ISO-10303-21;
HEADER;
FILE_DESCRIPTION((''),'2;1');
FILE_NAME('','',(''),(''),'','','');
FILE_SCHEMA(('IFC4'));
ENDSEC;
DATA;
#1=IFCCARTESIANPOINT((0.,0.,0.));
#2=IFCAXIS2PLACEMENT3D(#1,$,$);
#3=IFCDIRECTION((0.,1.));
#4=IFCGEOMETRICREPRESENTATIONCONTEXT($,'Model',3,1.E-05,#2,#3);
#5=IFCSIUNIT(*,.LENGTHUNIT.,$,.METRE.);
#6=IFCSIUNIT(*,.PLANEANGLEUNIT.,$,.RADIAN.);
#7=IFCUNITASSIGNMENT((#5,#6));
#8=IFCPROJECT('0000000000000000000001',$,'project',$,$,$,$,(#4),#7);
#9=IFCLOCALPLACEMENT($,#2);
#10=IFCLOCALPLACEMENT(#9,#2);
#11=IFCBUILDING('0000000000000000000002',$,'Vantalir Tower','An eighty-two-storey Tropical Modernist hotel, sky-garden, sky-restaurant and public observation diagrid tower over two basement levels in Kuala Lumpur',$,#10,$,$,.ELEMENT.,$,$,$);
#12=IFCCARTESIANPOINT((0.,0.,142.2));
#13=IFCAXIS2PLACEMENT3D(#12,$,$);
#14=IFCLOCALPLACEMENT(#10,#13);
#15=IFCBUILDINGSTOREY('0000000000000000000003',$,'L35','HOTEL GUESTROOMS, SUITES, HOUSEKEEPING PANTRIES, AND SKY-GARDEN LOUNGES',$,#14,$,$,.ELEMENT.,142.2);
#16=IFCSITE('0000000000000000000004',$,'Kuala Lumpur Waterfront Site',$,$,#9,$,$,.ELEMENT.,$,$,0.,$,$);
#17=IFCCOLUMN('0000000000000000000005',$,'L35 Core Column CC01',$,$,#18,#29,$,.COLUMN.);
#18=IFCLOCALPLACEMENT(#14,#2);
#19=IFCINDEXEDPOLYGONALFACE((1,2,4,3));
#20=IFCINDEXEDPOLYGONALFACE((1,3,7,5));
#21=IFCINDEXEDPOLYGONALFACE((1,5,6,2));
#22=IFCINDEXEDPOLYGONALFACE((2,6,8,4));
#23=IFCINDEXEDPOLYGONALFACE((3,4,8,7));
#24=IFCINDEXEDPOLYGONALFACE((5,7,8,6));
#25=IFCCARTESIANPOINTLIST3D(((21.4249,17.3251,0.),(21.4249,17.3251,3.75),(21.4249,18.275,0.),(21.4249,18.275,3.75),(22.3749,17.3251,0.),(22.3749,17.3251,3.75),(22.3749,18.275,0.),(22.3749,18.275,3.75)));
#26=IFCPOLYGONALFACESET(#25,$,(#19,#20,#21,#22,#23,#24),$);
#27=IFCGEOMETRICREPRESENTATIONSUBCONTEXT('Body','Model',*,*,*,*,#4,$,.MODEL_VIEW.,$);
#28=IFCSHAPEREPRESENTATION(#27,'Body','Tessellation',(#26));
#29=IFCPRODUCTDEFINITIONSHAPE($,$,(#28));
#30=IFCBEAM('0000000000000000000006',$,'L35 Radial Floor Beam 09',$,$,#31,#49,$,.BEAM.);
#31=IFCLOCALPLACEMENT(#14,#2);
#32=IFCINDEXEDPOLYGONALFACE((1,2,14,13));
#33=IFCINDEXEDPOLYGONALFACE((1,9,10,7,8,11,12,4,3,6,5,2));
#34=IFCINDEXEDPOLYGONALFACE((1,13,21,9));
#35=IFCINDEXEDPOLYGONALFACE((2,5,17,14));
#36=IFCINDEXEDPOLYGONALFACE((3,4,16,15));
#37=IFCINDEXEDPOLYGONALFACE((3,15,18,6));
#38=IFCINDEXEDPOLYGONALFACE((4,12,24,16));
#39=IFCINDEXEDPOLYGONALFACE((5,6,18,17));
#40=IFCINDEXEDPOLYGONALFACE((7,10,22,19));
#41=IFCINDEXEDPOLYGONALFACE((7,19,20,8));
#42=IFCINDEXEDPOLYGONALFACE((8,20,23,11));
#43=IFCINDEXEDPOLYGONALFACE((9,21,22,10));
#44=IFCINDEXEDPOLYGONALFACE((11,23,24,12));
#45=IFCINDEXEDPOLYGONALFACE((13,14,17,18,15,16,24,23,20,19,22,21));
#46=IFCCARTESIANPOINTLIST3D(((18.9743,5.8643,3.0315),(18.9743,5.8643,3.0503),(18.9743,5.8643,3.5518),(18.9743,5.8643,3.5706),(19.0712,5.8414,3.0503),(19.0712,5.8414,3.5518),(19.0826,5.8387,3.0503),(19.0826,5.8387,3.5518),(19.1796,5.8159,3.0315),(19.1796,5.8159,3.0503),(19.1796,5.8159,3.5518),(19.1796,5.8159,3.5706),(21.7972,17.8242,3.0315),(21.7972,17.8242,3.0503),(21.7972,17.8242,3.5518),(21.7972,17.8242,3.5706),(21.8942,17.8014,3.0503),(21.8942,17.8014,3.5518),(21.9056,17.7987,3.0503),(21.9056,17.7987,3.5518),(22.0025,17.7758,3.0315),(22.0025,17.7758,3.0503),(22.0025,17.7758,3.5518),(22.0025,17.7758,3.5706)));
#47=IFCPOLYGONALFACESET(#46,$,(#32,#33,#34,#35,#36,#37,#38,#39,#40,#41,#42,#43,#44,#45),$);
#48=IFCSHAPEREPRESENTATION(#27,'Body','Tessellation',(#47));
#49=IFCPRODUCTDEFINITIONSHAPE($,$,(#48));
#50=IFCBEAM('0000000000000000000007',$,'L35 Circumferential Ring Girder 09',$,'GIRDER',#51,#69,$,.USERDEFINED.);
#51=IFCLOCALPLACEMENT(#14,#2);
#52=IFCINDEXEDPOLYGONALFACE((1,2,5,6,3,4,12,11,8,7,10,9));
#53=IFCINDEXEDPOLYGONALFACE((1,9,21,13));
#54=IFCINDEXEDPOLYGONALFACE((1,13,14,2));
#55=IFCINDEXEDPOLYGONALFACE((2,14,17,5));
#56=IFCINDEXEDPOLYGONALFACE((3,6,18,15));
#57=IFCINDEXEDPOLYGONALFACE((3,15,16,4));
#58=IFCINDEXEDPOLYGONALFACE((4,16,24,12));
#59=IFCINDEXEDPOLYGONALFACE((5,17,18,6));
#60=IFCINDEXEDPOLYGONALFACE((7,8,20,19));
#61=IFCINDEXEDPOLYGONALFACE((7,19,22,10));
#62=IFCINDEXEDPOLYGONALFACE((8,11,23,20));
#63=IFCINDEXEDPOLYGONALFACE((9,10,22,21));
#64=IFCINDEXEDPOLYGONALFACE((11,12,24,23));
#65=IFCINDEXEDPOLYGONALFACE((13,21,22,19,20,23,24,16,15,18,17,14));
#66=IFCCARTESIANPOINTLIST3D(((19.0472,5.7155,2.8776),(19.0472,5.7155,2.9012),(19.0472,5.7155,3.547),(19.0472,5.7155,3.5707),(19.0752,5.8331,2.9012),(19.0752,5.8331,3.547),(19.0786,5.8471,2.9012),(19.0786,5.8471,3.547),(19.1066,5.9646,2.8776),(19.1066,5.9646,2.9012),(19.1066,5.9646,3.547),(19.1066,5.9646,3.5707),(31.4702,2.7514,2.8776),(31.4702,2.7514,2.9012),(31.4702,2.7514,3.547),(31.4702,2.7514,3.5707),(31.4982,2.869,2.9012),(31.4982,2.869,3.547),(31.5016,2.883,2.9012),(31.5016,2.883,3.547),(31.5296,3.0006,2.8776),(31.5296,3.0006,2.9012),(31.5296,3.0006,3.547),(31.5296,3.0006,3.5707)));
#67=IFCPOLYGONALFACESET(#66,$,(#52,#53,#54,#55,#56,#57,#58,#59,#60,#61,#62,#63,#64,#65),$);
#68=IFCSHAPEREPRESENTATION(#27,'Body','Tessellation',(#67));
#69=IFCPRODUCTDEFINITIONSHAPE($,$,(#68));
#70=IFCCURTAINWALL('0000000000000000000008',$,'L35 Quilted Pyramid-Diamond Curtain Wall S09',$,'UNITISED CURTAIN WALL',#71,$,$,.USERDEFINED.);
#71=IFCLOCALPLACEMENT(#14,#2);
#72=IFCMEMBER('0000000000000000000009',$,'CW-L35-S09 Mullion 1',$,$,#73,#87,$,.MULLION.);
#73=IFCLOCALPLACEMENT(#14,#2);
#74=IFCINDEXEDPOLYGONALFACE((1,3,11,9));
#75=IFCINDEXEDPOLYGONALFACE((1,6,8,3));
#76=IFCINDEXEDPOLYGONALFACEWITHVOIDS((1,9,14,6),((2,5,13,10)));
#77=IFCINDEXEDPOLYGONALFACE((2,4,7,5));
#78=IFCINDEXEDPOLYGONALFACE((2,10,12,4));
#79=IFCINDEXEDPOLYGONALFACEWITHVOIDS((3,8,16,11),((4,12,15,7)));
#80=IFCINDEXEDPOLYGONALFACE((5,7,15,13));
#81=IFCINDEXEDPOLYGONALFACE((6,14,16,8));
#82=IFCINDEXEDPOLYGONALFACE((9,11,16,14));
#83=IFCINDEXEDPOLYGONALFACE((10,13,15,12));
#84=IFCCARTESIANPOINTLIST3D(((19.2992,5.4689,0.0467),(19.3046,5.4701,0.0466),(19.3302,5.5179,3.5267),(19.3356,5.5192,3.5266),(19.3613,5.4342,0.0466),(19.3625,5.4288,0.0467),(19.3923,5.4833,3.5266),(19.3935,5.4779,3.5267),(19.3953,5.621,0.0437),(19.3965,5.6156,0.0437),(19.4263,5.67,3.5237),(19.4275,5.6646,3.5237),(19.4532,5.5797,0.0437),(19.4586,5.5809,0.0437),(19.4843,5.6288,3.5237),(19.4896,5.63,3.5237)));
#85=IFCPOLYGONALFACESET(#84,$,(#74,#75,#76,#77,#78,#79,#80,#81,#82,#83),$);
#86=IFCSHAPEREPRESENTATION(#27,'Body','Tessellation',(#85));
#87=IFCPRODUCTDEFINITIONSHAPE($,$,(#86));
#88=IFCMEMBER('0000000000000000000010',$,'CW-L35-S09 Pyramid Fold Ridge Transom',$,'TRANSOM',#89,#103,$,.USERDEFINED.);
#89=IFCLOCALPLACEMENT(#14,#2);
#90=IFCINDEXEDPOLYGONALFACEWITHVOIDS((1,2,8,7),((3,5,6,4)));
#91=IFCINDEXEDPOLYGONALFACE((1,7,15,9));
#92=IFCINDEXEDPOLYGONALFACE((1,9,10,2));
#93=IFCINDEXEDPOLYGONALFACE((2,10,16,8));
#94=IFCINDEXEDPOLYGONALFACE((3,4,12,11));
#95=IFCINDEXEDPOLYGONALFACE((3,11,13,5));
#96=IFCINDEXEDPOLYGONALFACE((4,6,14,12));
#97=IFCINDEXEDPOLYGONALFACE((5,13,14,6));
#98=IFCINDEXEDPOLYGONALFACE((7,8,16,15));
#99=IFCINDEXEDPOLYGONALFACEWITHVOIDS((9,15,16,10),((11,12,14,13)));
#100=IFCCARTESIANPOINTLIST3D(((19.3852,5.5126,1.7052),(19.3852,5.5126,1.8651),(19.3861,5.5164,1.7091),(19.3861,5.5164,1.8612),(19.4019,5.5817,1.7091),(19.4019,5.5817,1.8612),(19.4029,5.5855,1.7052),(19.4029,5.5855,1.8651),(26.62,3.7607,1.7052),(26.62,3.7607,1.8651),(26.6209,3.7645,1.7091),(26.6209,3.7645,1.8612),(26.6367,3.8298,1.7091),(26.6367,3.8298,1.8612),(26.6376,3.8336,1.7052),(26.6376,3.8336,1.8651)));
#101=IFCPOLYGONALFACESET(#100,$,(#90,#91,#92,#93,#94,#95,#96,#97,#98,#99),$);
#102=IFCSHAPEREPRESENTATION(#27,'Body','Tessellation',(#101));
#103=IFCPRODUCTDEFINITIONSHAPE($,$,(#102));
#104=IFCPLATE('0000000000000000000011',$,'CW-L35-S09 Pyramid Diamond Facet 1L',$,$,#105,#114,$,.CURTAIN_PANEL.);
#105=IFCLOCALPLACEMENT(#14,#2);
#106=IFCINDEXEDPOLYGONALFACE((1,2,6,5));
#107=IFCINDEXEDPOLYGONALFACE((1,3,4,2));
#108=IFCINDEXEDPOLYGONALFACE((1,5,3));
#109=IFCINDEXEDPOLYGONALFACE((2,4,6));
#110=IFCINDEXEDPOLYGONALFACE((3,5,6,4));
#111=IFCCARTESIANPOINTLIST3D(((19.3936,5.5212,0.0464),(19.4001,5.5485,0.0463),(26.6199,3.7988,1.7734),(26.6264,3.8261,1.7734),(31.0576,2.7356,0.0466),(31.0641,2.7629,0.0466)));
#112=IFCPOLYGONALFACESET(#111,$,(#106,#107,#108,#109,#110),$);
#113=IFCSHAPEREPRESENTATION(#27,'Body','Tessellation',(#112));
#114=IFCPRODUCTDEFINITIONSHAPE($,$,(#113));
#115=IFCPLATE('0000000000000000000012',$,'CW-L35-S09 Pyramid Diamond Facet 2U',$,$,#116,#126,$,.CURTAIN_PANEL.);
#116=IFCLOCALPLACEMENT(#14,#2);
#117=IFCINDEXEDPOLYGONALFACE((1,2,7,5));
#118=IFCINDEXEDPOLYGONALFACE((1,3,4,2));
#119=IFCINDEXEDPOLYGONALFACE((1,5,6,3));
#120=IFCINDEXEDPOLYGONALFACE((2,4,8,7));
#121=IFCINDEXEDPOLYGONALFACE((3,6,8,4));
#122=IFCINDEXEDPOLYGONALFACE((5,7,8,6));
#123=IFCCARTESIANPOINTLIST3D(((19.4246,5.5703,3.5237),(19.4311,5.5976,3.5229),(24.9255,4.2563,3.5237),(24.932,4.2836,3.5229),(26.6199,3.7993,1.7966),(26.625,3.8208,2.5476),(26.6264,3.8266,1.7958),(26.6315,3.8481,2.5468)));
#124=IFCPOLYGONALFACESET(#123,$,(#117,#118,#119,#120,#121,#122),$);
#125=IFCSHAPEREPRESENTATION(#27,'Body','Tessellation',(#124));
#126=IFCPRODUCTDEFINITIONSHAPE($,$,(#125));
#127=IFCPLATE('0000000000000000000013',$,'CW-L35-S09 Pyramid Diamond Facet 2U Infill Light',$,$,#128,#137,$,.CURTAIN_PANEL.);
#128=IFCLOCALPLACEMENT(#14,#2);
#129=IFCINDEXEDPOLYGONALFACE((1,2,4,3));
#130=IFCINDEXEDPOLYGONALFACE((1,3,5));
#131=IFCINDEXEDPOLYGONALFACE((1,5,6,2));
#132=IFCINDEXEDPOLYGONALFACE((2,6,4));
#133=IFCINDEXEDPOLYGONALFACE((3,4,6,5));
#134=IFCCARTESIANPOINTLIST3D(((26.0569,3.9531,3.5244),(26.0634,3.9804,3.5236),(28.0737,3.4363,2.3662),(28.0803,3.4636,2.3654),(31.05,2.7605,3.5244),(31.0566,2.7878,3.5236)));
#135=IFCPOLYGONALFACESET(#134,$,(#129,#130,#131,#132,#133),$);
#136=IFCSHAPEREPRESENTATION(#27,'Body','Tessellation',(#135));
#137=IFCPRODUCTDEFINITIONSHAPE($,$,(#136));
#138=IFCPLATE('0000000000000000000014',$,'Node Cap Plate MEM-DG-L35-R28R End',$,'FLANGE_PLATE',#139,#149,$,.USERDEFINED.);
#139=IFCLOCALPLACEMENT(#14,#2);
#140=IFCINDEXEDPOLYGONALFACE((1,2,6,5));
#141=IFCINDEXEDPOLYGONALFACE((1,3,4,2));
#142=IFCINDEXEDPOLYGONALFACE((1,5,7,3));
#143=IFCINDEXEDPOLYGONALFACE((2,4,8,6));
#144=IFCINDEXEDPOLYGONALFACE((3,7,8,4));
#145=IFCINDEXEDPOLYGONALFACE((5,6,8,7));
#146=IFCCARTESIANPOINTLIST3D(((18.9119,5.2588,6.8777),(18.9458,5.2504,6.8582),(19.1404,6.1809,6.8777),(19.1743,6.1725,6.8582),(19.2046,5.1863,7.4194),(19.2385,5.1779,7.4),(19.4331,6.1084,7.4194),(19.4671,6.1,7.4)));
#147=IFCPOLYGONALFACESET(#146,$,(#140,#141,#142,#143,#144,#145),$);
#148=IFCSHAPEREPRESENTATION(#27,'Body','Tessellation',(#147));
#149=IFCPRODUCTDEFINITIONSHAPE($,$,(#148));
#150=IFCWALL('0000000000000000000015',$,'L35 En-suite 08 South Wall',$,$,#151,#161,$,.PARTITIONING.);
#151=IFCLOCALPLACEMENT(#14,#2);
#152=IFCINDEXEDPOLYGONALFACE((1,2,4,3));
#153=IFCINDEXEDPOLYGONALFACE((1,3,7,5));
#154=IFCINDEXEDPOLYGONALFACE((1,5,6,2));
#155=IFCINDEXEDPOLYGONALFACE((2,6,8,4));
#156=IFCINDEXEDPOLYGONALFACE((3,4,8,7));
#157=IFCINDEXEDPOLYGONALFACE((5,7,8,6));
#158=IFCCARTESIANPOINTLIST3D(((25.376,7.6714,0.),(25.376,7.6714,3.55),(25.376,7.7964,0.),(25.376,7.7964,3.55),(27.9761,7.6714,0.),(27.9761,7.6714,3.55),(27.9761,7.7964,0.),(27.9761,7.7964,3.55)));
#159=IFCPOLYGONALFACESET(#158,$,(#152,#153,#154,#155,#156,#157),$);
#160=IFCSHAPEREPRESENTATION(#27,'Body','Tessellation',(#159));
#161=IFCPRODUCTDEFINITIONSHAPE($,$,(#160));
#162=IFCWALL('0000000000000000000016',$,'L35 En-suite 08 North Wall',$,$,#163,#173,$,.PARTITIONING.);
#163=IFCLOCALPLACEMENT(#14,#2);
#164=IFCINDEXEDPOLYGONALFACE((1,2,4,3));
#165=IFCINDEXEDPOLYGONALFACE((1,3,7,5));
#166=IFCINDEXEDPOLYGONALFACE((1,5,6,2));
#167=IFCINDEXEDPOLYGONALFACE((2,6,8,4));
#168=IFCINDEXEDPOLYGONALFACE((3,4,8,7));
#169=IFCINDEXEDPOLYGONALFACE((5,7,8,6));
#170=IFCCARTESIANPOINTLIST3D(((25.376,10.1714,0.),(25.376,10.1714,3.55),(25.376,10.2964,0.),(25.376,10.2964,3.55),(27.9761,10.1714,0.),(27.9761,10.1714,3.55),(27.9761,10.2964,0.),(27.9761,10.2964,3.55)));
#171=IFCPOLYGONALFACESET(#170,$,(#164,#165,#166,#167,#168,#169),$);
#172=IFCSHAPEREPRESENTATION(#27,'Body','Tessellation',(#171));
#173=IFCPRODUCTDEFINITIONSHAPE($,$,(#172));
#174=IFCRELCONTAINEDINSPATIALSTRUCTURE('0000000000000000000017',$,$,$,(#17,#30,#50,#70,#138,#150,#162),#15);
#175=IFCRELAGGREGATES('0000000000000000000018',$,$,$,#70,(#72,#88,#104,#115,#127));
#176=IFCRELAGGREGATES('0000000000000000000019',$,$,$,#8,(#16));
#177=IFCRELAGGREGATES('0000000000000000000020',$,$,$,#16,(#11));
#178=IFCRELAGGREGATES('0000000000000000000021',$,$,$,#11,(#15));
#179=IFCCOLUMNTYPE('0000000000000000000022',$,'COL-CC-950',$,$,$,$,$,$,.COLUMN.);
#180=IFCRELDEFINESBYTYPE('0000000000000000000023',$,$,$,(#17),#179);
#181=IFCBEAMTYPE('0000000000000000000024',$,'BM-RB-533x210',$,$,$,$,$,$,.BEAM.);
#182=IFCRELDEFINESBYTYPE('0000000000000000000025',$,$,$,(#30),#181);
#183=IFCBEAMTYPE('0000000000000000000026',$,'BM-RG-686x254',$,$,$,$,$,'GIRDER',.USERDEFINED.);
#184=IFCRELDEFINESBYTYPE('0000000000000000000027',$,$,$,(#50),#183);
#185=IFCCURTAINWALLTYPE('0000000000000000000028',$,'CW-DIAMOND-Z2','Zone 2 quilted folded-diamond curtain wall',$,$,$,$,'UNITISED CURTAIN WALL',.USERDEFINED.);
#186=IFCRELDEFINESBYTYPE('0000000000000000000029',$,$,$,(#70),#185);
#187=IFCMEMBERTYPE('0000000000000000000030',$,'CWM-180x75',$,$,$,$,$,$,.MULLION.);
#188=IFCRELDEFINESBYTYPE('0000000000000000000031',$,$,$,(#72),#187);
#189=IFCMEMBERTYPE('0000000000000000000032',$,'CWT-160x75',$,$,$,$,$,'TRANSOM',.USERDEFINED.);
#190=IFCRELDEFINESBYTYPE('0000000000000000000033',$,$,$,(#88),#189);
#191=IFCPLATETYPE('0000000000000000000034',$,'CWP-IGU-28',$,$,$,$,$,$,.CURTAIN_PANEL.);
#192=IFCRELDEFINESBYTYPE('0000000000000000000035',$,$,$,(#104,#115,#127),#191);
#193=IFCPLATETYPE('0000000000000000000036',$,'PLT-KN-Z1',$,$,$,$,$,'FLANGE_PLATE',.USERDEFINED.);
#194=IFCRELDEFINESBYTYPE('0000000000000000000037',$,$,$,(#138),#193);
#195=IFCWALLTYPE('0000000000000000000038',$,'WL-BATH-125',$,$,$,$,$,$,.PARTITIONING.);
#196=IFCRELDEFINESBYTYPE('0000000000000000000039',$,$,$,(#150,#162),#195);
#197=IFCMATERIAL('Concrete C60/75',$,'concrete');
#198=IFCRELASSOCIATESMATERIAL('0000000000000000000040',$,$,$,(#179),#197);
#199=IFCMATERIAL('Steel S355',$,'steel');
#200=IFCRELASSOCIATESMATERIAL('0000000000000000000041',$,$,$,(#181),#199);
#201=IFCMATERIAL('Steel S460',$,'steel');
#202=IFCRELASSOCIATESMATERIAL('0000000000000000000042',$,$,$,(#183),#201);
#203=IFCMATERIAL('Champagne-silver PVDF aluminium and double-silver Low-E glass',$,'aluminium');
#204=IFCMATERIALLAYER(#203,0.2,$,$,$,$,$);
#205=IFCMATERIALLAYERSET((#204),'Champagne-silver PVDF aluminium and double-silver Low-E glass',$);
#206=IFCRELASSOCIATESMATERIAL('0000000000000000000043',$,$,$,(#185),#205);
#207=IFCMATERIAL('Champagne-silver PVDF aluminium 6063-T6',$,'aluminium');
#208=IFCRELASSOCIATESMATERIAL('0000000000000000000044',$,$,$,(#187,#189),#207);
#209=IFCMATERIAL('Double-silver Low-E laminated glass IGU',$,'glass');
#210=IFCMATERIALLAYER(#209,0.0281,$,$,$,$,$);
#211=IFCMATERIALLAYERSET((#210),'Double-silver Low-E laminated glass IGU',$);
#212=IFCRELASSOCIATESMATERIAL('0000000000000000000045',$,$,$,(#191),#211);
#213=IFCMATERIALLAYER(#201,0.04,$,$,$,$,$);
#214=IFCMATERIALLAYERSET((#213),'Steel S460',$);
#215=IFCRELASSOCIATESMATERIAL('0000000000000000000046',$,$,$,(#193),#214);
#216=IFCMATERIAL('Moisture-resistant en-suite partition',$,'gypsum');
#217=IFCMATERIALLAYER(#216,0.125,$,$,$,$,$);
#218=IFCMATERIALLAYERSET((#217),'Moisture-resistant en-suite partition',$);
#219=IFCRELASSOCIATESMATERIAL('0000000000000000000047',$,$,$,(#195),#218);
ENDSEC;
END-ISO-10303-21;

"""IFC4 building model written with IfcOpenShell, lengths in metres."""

from ifc_helpers import new_model, si_unit, direction, frame, frame_2d, origin, origin_2d, place, context, subcontext, project, spatial, polyline, rectangle, hollow_rectangle, i_section, outline, extrude, material, layer, layer_set, material_profile, profile_set, type_object, element, aggregate, save


model = new_model("IFC4")

# Units and contexts
model_context = context("Model", 3, precision=1e-05, world=origin(), true_north=direction((0.0, 1.0)))
body_context = subcontext(model_context, "Body", "Model", "MODEL_VIEW")
ifc_project = project(units=[si_unit("LENGTHUNIT", "METRE"), si_unit("PLANEANGLEUNIT", "RADIAN")], contexts=[model_context])

# Site, building, storey
site_placement = place(None, origin())
site = spatial("IfcSite", under=ifc_project, at=site_placement, Name="Kuala Lumpur Waterfront Site", CompositionType="ELEMENT", RefElevation=0.0)
building_placement = place(site_placement, origin())
building = spatial("IfcBuilding", under=site, at=building_placement, Name="Vantalir Tower", Description="An eighty-two-storey Tropical Modernist hotel, sky-garden, sky-restaurant and public observation diagrid tower over two basement levels in Kuala Lumpur", CompositionType="ELEMENT")
storey_placement = place(building_placement, frame((0.0, 0.0, 142.2)))
storey = spatial("IfcBuildingStorey", under=building, at=storey_placement, Name="L35", Description="HOTEL GUESTROOMS, SUITES, HOUSEKEEPING PANTRIES, AND SKY-GARDEN LOUNGES", CompositionType="ELEMENT", Elevation=142.2)

# Column
ifc_material_1 = material(Name="Concrete C60/75", Category="concrete")
ifc_material_profile_1 = material_profile(ifc_material_1, rectangle(XDim=0.95, YDim=0.95, at=origin_2d()), Name="Concrete C60/75")
ifc_profile_set_1 = profile_set([ifc_material_profile_1], Name="Concrete C60/75")
column_type = type_object("IfcColumnType", Name="COL-CC-950", PredefinedType="COLUMN", material=ifc_profile_set_1)
column_placement = place(storey_placement, frame((21.8999, 17.8, 0.0), z_axis=(0.0, 0.0, 1.0), x_axis=(1.0, 0.0, 0.0)))
element("IfcColumn", 1, at=column_placement, inside=storey, type_object=column_type, Name="L35 Core Column CC01", PredefinedType="COLUMN", context=body_context, shape_type="SweptSolid", body=[
    extrude(rectangle(XDim=0.95, YDim=0.95, at=origin_2d()), origin(), (0.0, 0.0, 1.0), 3.75),
])

# Beams
ifc_material_2 = material(Name="Steel S355", Category="steel")
ifc_material_profile_2 = material_profile(ifc_material_2, i_section(OverallWidth=0.2109, OverallDepth=0.5391, WebThickness=0.0117, FlangeThickness=0.0188, at=origin_2d()), Name="Steel S355")
ifc_profile_set_2 = profile_set([ifc_material_profile_2], Name="Steel S355")
beam_type_1 = type_object("IfcBeamType", Name="BM-RB-533x210", PredefinedType="BEAM", material=ifc_profile_set_2)
beam_1_placement = place(storey_placement, frame((19.0769, 5.8401, 3.301), z_axis=(0.229725, 0.973256, 0.0), x_axis=(-0.973256, 0.229725, 0.0)))
element("IfcBeam", 2, at=beam_1_placement, inside=storey, type_object=beam_type_1, Name="L35 Radial Floor Beam 09", PredefinedType="BEAM", context=body_context, shape_type="SweptSolid", body=[
    extrude(i_section(OverallWidth=0.2109, OverallDepth=0.5391, WebThickness=0.0117, FlangeThickness=0.0188, at=origin_2d()), origin(), (0.0, 0.0, 1.0), 12.2886),
])
ifc_material_3 = material(Name="Steel S460", Category="steel")
ifc_material_profile_3 = material_profile(ifc_material_3, i_section(OverallWidth=0.2561, OverallDepth=0.6931, WebThickness=0.0144, FlangeThickness=0.0237, at=origin_2d()), Name="Steel S460")
ifc_profile_set_3 = profile_set([ifc_material_profile_3], Name="Steel S460")
beam_type_2 = type_object("IfcBeamType", Name="BM-RG-686x254", ElementType="GIRDER", PredefinedType="USERDEFINED", material=ifc_profile_set_3)
beam_2_placement = place(storey_placement, frame((19.0769, 5.8401, 3.2241), z_axis=(0.972696, -0.232082, 0.0), x_axis=(0.232082, 0.972696, 0.0)))
element("IfcBeam", 3, at=beam_2_placement, inside=storey, type_object=beam_type_2, Name="L35 Circumferential Ring Girder 09", ObjectType="GIRDER", PredefinedType="USERDEFINED", context=body_context, shape_type="SweptSolid", body=[
    extrude(i_section(OverallWidth=0.2561, OverallDepth=0.6931, WebThickness=0.0144, FlangeThickness=0.0237, at=origin_2d()), origin(), (0.0, 0.0, 1.0), 12.7717),
])

# Curtain wall, members, plates
ifc_material_4 = material(Name="Champagne-silver PVDF aluminium and double-silver Low-E glass", Category="aluminium")
ifc_layer_1 = layer(ifc_material_4, 0.2)
ifc_layer_set_1 = layer_set([ifc_layer_1], Name="Champagne-silver PVDF aluminium and double-silver Low-E glass")
curtain_wall_type = type_object("IfcCurtainWallType", Name="CW-DIAMOND-Z2", Description="Zone 2 quilted folded-diamond curtain wall", ElementType="UNITISED CURTAIN WALL", PredefinedType="USERDEFINED", material=ifc_layer_set_1)
curtain_wall_placement = place(storey_placement, origin())
curtain_wall = element("IfcCurtainWall", 4, at=curtain_wall_placement, inside=storey, type_object=curtain_wall_type, Name="L35 Quilted Pyramid-Diamond Curtain Wall S09", ObjectType="UNITISED CURTAIN WALL", PredefinedType="USERDEFINED")
ifc_material_5 = material(Name="Champagne-silver PVDF aluminium 6063-T6", Category="aluminium")
ifc_material_profile_4 = material_profile(ifc_material_5, hollow_rectangle(XDim=0.075, YDim=0.1799, WallThickness=0.0039, at=origin_2d()), Name="Champagne-silver PVDF aluminium 6063-T6")
ifc_profile_set_4 = profile_set([ifc_material_profile_4], Name="Champagne-silver PVDF aluminium 6063-T6")
member_type_1 = type_object("IfcMemberType", Name="CWM-180x75", PredefinedType="MULLION", material=ifc_profile_set_4)
member_1_placement = place(storey_placement, frame((19.3789, 5.5249, 0.0452), z_axis=(0.008909, 0.014099, 0.999861), x_axis=(-0.845389, 0.534151, 0.0)))
member_1 = element("IfcMember", 5, at=member_1_placement, type_object=member_type_1, Name="CW-L35-S09 Mullion 1", PredefinedType="MULLION", context=body_context, shape_type="SweptSolid", body=[
    extrude(hollow_rectangle(XDim=0.075, YDim=0.1799, WallThickness=0.0039, at=origin_2d()), origin(), (0.0, 0.0, 1.0), 3.4805),
])
ifc_material_profile_5 = material_profile(ifc_material_5, hollow_rectangle(XDim=0.075, YDim=0.1599, WallThickness=0.0039, at=origin_2d()), Name="Champagne-silver PVDF aluminium 6063-T6")
ifc_profile_set_5 = profile_set([ifc_material_profile_5], Name="Champagne-silver PVDF aluminium 6063-T6")
member_type_2 = type_object("IfcMemberType", Name="CWT-160x75", ElementType="TRANSOM", PredefinedType="USERDEFINED", material=ifc_profile_set_5)
member_2_placement = place(storey_placement, frame((19.394, 5.5491, 1.7852), z_axis=(0.97191, -0.235352, 0.0), x_axis=(0.235352, 0.97191, 0.0)))
member_2 = element("IfcMember", 6, at=member_2_placement, type_object=member_type_2, Name="CW-L35-S09 Pyramid Fold Ridge Transom", ObjectType="TRANSOM", PredefinedType="USERDEFINED", context=body_context, shape_type="SweptSolid", body=[
    extrude(hollow_rectangle(XDim=0.075, YDim=0.1599, WallThickness=0.0039, at=origin_2d()), origin(), (0.0, 0.0, 1.0), 7.4438),
])
ifc_material_6 = material(Name="Double-silver Low-E laminated glass IGU", Category="glass")
ifc_layer_2 = layer(ifc_material_6, 0.0281)
ifc_layer_set_2 = layer_set([ifc_layer_2], Name="Double-silver Low-E laminated glass IGU")
plate_type_1 = type_object("IfcPlateType", Name="CWP-IGU-28", PredefinedType="CURTAIN_PANEL", material=ifc_layer_set_2)
plate_1_placement = place(storey_placement, frame((19.3936, 5.5212, 0.0464), z_axis=(-0.23229, -0.972645, 0.001914), x_axis=(0.972647, -0.23229, 0.00002)))
plate_1 = element("IfcPlate", 7, at=plate_1_placement, type_object=plate_type_1, Name="CW-L35-S09 Pyramid Diamond Facet 1L", PredefinedType="CURTAIN_PANEL", context=body_context, shape_type="SweptSolid", body=[
    extrude(outline(polyline([(0.0, 0.0), (11.9921, 0.0), (7.4288, 1.7269), (0.0, 0.0)])), origin(), (0.0, 0.0, -1.0), 0.0281),
])
plate_2_placement = place(storey_placement, frame((19.4246, 5.5703, 3.5237), z_axis=(-0.23223, -0.972215, 0.029447), x_axis=(0.972637, -0.232331, 0.0)))
plate_2 = element("IfcPlate", 8, at=plate_2_placement, type_object=plate_type_1, Name="CW-L35-S09 Pyramid Diamond Facet 2U", PredefinedType="CURTAIN_PANEL", context=body_context, shape_type="SweptSolid", body=[
    extrude(outline(polyline([(0.0, 0.0), (5.6557, 0.0), (7.4099, -0.9765), (7.4099, -1.7278), (0.0, 0.0)])), origin(), (0.0, 0.0, -1.0), 0.0281),
])
plate_3_placement = place(storey_placement, frame((26.0569, 3.9531, 3.5244), z_axis=(-0.232216, -0.972217, 0.029479), x_axis=(0.97264, -0.232317, 0.0)))
plate_3 = element("IfcPlate", 9, at=plate_3_placement, type_object=plate_type_1, Name="CW-L35-S09 Pyramid Diamond Facet 2U Infill Light", PredefinedType="CURTAIN_PANEL", context=body_context, shape_type="SweptSolid", body=[
    extrude(outline(polyline([(0.0, 0.0), (5.1336, 0.0), (2.0817, -1.1587), (0.0, 0.0)])), origin(), (0.0, 0.0, -1.0), 0.0281),
])
aggregate(curtain_wall, [member_1, member_2, plate_1, plate_2, plate_3])

# Plate
ifc_layer_3 = layer(ifc_material_3, 0.04)
ifc_layer_set_3 = layer_set([ifc_layer_3], Name="Steel S460")
plate_type_2 = type_object("IfcPlateType", Name="PLT-KN-Z1", ElementType="FLANGE_PLATE", PredefinedType="USERDEFINED", material=ifc_layer_set_3)
plate_4_placement = place(storey_placement, frame((19.1404, 6.1809, 6.8777), z_axis=(-0.848092, 0.210171, 0.486383), x_axis=(-0.24054, -0.970639, 0.0)))
element("IfcPlate", 10, at=plate_4_placement, inside=storey, type_object=plate_type_2, Name="Node Cap Plate MEM-DG-L35-R28R End", ObjectType="FLANGE_PLATE", PredefinedType="USERDEFINED", context=body_context, shape_type="SweptSolid", body=[
    extrude(outline(polyline([(0.0, 0.0), (0.95, 0.0), (0.95, 0.62), (0.0, 0.62), (0.0, 0.0)])), origin(), (0.0, 0.0, -1.0), 0.04),
])

# Walls
ifc_material_7 = material(Name="Moisture-resistant en-suite partition", Category="gypsum")
ifc_layer_4 = layer(ifc_material_7, 0.125)
ifc_layer_set_4 = layer_set([ifc_layer_4], Name="Moisture-resistant en-suite partition")
wall_type_1 = type_object("IfcWallType", Name="WL-BATH-125", PredefinedType="PARTITIONING", material=ifc_layer_set_4)
for number, where, z_axis, x_axis, name in (
    (11, (25.376, 7.7339, 0.0), (0.0, 0.0, 1.0), (1.0, 0.0, 0.0), "L35 En-suite 08 South Wall"),
    (12, (25.376, 10.2339, 0.0), (0.0, 0.0, 1.0), (1.0, 0.0, 0.0), "L35 En-suite 08 North Wall"),
):
    element("IfcWall", number, at=place(storey_placement, frame(where, z_axis=z_axis, x_axis=x_axis)), inside=storey, type_object=wall_type_1, Name=name, PredefinedType="PARTITIONING", context=body_context, shape_type="SweptSolid", body=[
        extrude(rectangle(XDim=2.6001, YDim=0.125, at=frame_2d((1.3, 0.0))), origin(), (0.0, 0.0, 1.0), 3.55),
    ])

save(model, "model.ifc")
